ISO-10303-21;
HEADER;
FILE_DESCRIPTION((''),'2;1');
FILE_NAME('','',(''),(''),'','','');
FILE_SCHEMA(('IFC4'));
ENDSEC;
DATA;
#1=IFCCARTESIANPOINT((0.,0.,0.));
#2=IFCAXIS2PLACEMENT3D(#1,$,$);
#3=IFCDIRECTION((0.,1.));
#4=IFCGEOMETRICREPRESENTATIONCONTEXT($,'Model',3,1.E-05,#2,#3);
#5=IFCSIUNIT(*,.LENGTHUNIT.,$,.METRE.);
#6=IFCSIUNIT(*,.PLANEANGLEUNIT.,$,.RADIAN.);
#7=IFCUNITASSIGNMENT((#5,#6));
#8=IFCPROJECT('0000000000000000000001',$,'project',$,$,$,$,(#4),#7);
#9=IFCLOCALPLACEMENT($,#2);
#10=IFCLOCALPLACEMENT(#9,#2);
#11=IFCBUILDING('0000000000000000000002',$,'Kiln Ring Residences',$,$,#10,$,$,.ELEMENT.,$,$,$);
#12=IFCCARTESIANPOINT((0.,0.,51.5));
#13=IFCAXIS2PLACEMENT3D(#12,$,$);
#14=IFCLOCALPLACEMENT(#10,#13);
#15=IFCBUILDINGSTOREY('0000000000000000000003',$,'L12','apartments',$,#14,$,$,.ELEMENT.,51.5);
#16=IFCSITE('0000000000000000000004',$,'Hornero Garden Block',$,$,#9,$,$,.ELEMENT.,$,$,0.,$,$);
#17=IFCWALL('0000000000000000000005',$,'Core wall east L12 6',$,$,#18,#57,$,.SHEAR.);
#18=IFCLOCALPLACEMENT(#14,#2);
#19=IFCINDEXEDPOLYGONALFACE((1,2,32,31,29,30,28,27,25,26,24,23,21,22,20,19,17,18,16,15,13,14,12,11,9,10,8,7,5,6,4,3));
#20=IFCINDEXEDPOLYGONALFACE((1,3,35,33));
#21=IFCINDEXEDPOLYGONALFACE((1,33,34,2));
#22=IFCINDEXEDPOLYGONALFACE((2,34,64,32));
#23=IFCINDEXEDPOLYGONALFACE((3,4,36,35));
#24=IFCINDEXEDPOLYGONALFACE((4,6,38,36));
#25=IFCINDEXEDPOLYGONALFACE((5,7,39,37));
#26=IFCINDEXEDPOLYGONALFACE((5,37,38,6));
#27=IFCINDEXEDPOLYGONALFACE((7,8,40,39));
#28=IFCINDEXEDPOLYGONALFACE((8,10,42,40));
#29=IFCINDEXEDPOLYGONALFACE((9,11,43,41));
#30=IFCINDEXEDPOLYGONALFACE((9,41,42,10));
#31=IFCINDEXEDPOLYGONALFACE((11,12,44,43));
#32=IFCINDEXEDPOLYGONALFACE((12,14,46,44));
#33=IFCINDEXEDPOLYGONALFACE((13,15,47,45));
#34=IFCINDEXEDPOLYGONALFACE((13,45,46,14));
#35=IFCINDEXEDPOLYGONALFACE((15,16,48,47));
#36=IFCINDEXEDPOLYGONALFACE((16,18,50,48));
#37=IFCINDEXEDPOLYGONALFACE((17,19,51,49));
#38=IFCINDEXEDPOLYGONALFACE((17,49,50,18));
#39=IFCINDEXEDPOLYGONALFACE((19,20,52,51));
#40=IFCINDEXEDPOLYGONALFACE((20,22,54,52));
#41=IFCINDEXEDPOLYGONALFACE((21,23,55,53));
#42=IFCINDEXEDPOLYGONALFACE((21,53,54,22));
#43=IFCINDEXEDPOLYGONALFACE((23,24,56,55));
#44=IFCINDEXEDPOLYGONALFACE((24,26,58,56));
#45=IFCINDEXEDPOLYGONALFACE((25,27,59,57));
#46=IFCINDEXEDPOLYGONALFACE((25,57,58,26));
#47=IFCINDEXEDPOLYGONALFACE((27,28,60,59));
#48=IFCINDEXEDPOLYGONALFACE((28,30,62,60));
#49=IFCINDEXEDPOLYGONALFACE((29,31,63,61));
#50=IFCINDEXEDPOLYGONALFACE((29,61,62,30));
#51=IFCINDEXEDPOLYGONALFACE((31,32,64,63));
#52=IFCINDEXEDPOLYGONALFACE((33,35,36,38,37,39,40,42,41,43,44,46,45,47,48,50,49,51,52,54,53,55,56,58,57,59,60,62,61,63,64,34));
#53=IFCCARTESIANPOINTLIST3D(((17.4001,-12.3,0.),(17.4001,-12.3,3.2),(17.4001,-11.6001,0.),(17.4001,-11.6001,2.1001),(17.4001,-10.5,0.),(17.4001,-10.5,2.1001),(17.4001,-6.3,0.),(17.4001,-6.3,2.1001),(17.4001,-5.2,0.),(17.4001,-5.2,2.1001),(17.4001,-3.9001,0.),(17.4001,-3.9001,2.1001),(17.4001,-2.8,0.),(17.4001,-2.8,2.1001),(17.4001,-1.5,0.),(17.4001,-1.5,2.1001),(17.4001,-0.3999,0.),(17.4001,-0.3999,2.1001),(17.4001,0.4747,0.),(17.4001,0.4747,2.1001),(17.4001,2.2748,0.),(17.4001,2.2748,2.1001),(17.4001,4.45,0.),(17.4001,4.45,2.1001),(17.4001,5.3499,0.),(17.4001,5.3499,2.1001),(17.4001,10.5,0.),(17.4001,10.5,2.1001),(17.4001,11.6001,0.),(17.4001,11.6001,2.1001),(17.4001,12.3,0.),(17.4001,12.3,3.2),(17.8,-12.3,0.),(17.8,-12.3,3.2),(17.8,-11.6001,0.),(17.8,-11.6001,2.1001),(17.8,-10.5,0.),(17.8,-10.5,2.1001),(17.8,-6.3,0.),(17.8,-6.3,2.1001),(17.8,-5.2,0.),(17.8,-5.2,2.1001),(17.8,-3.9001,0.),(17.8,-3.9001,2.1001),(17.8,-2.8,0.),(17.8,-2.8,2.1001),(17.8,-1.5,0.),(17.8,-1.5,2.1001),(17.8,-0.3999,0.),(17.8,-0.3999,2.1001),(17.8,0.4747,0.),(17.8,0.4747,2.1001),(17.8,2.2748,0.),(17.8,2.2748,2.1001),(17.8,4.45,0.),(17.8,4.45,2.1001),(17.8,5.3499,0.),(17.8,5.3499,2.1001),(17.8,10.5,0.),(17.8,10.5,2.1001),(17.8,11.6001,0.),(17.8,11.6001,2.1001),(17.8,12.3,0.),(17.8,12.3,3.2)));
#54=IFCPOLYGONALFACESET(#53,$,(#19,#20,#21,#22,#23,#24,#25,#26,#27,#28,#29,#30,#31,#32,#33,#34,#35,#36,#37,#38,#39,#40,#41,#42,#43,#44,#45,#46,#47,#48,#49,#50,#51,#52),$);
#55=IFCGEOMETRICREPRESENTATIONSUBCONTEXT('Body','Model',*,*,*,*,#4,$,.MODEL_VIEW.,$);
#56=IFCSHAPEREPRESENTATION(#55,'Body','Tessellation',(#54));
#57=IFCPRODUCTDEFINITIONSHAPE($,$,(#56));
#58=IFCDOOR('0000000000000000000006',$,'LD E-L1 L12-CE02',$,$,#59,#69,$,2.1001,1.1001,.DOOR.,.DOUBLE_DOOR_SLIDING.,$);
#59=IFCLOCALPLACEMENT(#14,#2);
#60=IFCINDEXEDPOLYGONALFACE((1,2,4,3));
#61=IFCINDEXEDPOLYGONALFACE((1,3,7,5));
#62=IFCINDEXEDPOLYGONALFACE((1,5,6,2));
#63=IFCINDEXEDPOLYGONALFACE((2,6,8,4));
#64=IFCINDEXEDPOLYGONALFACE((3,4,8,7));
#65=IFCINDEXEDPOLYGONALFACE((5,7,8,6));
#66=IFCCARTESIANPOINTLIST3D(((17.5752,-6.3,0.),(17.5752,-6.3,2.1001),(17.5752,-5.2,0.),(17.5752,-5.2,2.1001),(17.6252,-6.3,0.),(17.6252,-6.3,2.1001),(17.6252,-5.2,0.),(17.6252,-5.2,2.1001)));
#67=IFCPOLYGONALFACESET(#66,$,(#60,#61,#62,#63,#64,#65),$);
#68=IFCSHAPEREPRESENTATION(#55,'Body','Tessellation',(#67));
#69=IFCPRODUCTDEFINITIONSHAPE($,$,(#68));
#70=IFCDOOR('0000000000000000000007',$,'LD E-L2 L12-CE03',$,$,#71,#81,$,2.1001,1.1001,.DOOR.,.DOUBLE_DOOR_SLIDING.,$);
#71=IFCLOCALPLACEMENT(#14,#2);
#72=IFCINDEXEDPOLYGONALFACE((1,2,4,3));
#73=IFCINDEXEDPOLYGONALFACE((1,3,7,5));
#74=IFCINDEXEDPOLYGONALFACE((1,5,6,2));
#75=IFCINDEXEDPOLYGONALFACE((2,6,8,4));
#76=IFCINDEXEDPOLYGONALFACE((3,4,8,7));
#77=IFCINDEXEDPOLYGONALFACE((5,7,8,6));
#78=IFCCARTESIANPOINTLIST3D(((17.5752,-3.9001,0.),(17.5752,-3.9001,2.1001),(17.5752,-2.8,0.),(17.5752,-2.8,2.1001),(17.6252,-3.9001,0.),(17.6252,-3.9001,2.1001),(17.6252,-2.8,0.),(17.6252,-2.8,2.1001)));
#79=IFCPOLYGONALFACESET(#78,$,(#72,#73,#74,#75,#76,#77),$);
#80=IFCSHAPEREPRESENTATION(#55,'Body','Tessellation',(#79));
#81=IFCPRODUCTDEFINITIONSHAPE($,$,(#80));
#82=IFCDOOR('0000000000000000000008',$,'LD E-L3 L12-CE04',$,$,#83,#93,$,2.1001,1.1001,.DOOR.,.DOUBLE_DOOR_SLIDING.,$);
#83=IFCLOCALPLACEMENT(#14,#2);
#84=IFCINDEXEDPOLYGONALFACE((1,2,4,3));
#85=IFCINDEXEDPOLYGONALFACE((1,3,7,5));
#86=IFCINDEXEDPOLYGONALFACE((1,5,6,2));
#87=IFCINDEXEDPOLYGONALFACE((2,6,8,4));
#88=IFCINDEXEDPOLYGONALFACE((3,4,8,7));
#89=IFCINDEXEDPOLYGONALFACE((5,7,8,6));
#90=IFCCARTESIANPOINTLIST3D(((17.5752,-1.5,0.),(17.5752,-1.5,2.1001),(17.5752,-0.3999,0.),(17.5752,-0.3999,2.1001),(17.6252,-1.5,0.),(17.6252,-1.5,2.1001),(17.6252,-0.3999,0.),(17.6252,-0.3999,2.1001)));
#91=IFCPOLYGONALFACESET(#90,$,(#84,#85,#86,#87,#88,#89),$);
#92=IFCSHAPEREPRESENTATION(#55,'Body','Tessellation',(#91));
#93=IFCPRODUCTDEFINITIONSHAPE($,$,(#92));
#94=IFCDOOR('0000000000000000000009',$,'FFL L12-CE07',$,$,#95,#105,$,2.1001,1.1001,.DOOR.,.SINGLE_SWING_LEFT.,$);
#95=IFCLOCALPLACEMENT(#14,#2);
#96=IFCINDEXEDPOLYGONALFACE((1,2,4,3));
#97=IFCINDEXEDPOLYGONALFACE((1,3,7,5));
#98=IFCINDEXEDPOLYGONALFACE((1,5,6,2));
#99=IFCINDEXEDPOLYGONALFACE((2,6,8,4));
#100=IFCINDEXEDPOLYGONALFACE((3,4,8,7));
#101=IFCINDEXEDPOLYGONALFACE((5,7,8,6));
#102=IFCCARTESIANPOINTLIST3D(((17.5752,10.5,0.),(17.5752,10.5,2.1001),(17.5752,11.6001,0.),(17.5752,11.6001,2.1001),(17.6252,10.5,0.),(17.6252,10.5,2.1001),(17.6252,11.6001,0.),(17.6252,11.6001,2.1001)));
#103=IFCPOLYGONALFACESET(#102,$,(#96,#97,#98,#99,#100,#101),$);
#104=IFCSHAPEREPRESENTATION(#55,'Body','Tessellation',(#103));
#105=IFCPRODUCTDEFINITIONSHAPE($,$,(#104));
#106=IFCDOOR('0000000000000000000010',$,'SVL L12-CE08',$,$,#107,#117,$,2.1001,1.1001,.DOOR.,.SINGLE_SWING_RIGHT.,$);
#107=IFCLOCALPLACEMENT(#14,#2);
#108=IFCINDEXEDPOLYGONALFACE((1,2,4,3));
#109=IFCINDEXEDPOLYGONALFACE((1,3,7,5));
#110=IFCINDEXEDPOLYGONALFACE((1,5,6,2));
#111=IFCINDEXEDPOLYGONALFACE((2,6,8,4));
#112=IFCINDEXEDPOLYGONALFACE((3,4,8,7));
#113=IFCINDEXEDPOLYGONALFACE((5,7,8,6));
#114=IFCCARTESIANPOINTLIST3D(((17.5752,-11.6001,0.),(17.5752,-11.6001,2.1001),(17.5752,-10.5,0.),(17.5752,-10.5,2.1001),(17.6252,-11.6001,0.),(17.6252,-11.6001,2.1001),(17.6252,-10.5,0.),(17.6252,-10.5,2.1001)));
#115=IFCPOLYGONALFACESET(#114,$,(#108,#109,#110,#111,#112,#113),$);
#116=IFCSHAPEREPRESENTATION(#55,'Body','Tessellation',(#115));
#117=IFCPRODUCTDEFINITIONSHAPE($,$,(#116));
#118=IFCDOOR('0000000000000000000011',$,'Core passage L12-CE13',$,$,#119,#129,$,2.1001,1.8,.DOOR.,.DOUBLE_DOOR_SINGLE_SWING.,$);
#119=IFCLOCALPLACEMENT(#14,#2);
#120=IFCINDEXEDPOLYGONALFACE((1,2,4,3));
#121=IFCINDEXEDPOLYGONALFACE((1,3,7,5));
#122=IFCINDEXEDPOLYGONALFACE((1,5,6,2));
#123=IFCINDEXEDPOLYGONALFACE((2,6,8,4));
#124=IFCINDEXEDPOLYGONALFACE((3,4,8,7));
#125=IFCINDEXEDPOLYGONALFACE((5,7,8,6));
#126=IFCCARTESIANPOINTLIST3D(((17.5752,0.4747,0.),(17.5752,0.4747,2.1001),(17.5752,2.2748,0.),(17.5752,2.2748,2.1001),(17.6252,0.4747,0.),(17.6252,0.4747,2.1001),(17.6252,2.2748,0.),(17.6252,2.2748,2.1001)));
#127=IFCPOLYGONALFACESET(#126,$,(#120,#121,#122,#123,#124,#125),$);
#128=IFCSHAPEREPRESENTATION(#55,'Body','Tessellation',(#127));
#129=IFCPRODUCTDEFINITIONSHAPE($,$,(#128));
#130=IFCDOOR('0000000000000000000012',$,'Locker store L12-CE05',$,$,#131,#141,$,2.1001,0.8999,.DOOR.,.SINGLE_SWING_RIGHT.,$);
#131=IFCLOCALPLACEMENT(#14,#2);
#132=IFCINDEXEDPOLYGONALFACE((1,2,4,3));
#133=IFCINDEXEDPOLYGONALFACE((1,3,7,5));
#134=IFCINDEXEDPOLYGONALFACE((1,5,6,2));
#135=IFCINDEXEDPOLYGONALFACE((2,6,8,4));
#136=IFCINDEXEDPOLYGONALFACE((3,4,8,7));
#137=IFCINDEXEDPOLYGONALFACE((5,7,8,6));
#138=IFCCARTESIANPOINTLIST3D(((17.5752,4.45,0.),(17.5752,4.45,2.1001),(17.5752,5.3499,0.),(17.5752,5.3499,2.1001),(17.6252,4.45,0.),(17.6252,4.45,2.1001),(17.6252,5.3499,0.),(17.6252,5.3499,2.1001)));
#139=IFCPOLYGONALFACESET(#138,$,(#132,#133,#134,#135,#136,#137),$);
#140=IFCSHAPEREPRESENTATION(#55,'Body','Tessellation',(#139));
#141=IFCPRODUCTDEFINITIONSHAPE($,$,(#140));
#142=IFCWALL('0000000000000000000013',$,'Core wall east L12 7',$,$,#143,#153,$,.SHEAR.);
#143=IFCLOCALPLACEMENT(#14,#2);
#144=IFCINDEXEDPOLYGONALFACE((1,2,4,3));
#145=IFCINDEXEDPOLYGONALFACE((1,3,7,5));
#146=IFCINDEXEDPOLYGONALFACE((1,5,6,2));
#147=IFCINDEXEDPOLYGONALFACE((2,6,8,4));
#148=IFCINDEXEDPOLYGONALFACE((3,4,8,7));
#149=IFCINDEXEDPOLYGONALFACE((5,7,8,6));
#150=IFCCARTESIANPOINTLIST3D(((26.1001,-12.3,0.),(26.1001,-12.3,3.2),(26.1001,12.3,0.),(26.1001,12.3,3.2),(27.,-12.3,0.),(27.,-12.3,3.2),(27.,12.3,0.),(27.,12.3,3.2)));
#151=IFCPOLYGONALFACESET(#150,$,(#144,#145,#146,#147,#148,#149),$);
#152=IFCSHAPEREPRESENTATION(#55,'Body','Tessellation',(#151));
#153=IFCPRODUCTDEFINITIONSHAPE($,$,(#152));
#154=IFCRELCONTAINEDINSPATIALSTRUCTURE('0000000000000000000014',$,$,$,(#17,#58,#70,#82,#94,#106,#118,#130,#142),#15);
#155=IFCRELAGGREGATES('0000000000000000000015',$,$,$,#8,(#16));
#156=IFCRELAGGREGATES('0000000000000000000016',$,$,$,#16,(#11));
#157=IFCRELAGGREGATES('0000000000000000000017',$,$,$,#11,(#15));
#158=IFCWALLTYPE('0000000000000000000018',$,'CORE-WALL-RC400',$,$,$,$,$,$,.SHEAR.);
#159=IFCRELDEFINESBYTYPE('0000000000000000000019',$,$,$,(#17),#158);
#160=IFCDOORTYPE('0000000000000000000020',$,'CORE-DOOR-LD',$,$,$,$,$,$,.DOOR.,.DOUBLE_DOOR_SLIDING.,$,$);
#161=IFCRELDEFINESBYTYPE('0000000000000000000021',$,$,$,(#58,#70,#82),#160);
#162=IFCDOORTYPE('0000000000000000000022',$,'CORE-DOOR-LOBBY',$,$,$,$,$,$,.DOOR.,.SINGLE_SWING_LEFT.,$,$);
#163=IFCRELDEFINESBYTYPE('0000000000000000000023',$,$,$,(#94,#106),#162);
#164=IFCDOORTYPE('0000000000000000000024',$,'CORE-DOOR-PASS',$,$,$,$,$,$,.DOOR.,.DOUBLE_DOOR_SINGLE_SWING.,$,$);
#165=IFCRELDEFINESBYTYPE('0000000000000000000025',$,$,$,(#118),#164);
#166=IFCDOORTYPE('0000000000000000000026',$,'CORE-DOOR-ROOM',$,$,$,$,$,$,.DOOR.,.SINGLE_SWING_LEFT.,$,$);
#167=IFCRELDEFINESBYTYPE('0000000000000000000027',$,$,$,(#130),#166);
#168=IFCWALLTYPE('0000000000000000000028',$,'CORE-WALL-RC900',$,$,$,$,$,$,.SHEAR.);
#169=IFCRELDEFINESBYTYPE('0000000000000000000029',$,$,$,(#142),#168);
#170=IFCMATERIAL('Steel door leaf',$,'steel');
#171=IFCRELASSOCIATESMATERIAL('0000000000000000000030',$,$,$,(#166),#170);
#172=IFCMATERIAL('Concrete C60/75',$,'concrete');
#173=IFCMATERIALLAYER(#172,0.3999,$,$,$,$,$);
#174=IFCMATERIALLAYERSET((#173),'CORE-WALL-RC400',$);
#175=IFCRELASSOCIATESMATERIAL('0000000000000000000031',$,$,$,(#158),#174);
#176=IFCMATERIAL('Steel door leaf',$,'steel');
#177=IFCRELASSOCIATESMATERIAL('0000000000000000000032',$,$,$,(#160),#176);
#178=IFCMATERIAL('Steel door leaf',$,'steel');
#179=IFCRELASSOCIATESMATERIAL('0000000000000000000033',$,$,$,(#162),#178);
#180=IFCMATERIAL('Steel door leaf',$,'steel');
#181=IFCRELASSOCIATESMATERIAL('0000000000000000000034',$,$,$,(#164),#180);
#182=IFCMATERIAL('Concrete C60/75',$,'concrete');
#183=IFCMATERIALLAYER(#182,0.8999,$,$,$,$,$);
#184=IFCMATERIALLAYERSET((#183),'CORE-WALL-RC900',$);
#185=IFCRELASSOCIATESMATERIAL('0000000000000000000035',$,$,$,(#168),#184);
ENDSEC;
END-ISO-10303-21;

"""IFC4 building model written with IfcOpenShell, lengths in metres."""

from ifc_helpers import new_model, si_unit, direction, frame, frame_2d, origin, place, context, subcontext, project, spatial, rectangle, extrude, material, layer, layer_set, type_object, element, fill, save


model = new_model("IFC4")

# Units and contexts
model_context = context("Model", 3, precision=1e-05, world=origin(), true_north=direction((0.0, 1.0)))
body_context = subcontext(model_context, "Body", "Model", "MODEL_VIEW")
ifc_project = project(units=[si_unit("LENGTHUNIT", "METRE"), si_unit("PLANEANGLEUNIT", "RADIAN")], contexts=[model_context])

# Site, building, storey
site_placement = place(None, origin())
site = spatial("IfcSite", under=ifc_project, at=site_placement, Name="Hornero Garden Block", CompositionType="ELEMENT", RefElevation=0.0)
building_placement = place(site_placement, origin())
building = spatial("IfcBuilding", under=site, at=building_placement, Name="Kiln Ring Residences", CompositionType="ELEMENT")
storey_placement = place(building_placement, frame((0.0, 0.0, 51.5)))
storey = spatial("IfcBuildingStorey", under=building, at=storey_placement, Name="L12", Description="apartments", CompositionType="ELEMENT", Elevation=51.5)

# Shared definitions
ifc_material_1 = material(Name="Steel door leaf", Category="steel")
door_type_1 = type_object("IfcDoorType", Name="CORE-DOOR-ROOM", OperationType="SINGLE_SWING_LEFT", PredefinedType="DOOR", material=ifc_material_1)

# Wall, openings, doors
ifc_material_2 = material(Name="Concrete C60/75", Category="concrete")
ifc_layer_1 = layer(ifc_material_2, 0.3999)
ifc_layer_set_1 = layer_set([ifc_layer_1], Name="CORE-WALL-RC400")
wall_type_1 = type_object("IfcWallType", Name="CORE-WALL-RC400", PredefinedType="SHEAR", material=ifc_layer_set_1)
wall_1_placement = place(storey_placement, frame((17.6001, -12.3, 0.0), z_axis=(0.0, 0.0, 1.0), x_axis=(0.0, 1.0, 0.0)))
wall_1 = element("IfcWall", 1, at=wall_1_placement, inside=storey, type_object=wall_type_1, Name="Core wall east L12 6", PredefinedType="SHEAR", context=body_context, shape_type="SweptSolid", body=[
    extrude(rectangle(XDim=24.6001, YDim=0.3999, at=frame_2d((12.3, 0.0))), origin(), (0.0, 0.0, 1.0), 3.2),
])
opening_1_placement = place(wall_1_placement, frame((6.0, 0.0, 0.0)))
opening_1 = element("IfcOpeningElement", 2, at=opening_1_placement, cuts=wall_1, PredefinedType="OPENING", context=body_context, shape_type="SweptSolid", body=[
    extrude(rectangle(XDim=1.1001, YDim=2.1001, at=frame_2d((0.55, 1.05))), frame((0.0, 0.21, 0.0), z_axis=(0.0, -1.0, 0.0), x_axis=(1.0, 0.0, 0.0)), (0.0, 0.0, 1.0), 0.4199),
])
opening_2_placement = place(wall_1_placement, frame((8.3999, 0.0, 0.0)))
opening_2 = element("IfcOpeningElement", 3, at=opening_2_placement, cuts=wall_1, PredefinedType="OPENING", context=body_context, shape_type="SweptSolid", body=[
    extrude(rectangle(XDim=1.1001, YDim=2.1001, at=frame_2d((0.55, 1.05))), frame((0.0, 0.21, 0.0), z_axis=(0.0, -1.0, 0.0), x_axis=(1.0, 0.0, 0.0)), (0.0, 0.0, 1.0), 0.4199),
])
opening_3_placement = place(wall_1_placement, frame((10.8, 0.0, 0.0)))
opening_3 = element("IfcOpeningElement", 4, at=opening_3_placement, cuts=wall_1, PredefinedType="OPENING", context=body_context, shape_type="SweptSolid", body=[
    extrude(rectangle(XDim=1.1001, YDim=2.1001, at=frame_2d((0.55, 1.05))), frame((0.0, 0.21, 0.0), z_axis=(0.0, -1.0, 0.0), x_axis=(1.0, 0.0, 0.0)), (0.0, 0.0, 1.0), 0.4199),
])
opening_4_placement = place(wall_1_placement, frame((16.75, 0.0, 0.0)))
opening_4 = element("IfcOpeningElement", 5, at=opening_4_placement, cuts=wall_1, PredefinedType="OPENING", context=body_context, shape_type="SweptSolid", body=[
    extrude(rectangle(XDim=0.8999, YDim=2.1001, at=frame_2d((0.45, 1.05))), frame((0.0, 0.21, 0.0), z_axis=(0.0, -1.0, 0.0), x_axis=(1.0, 0.0, 0.0)), (0.0, 0.0, 1.0), 0.4199),
])
opening_5_placement = place(wall_1_placement, frame((22.8, 0.0, 0.0)))
opening_5 = element("IfcOpeningElement", 6, at=opening_5_placement, cuts=wall_1, PredefinedType="OPENING", context=body_context, shape_type="SweptSolid", body=[
    extrude(rectangle(XDim=1.1001, YDim=2.1001, at=frame_2d((0.55, 1.05))), frame((0.0, 0.21, 0.0), z_axis=(0.0, -1.0, 0.0), x_axis=(1.0, 0.0, 0.0)), (0.0, 0.0, 1.0), 0.4199),
])
opening_6_placement = place(wall_1_placement, frame((0.7, 0.0, 0.0)))
opening_6 = element("IfcOpeningElement", 7, at=opening_6_placement, cuts=wall_1, PredefinedType="OPENING", context=body_context, shape_type="SweptSolid", body=[
    extrude(rectangle(XDim=1.1001, YDim=2.1001, at=frame_2d((0.55, 1.05))), frame((0.0, 0.21, 0.0), z_axis=(0.0, -1.0, 0.0), x_axis=(1.0, 0.0, 0.0)), (0.0, 0.0, 1.0), 0.4199),
])
opening_7_placement = place(wall_1_placement, frame((12.7749, 0.0, 0.0)))
opening_7 = element("IfcOpeningElement", 8, at=opening_7_placement, cuts=wall_1, PredefinedType="OPENING", context=body_context, shape_type="SweptSolid", body=[
    extrude(rectangle(XDim=1.8, YDim=2.1001, at=frame_2d((0.8999, 1.05))), frame((0.0, 0.21, 0.0), z_axis=(0.0, -1.0, 0.0), x_axis=(1.0, 0.0, 0.0)), (0.0, 0.0, 1.0), 0.4199),
])
ifc_material_3 = material(Name="Steel door leaf", Category="steel")
door_type_2 = type_object("IfcDoorType", Name="CORE-DOOR-LD", OperationType="DOUBLE_DOOR_SLIDING", PredefinedType="DOOR", material=ifc_material_3)
door_1_placement = place(opening_1_placement, origin())
door_1 = element("IfcDoor", 9, at=door_1_placement, inside=storey, type_object=door_type_2, Name="LD E-L1 L12-CE02", OperationType="DOUBLE_DOOR_SLIDING", OverallHeight=2.1001, OverallWidth=1.1001, PredefinedType="DOOR", context=body_context, shape_type="SweptSolid", body=[
    extrude(rectangle(XDim=1.1001, YDim=2.1001, at=frame_2d((0.55, 1.05))), frame((0.0, 0.0249, 0.0), z_axis=(0.0, -1.0, 0.0), x_axis=(1.0, 0.0, 0.0)), (0.0, 0.0, 1.0), 0.05),
])
fill(opening_1, door_1)
door_2_placement = place(opening_2_placement, origin())
door_2 = element("IfcDoor", 10, at=door_2_placement, inside=storey, type_object=door_type_2, Name="LD E-L2 L12-CE03", OperationType="DOUBLE_DOOR_SLIDING", OverallHeight=2.1001, OverallWidth=1.1001, PredefinedType="DOOR", context=body_context, shape_type="SweptSolid", body=[
    extrude(rectangle(XDim=1.1001, YDim=2.1001, at=frame_2d((0.55, 1.05))), frame((0.0, 0.0249, 0.0), z_axis=(0.0, -1.0, 0.0), x_axis=(1.0, 0.0, 0.0)), (0.0, 0.0, 1.0), 0.05),
])
fill(opening_2, door_2)
door_3_placement = place(opening_3_placement, origin())
door_3 = element("IfcDoor", 11, at=door_3_placement, inside=storey, type_object=door_type_2, Name="LD E-L3 L12-CE04", OperationType="DOUBLE_DOOR_SLIDING", OverallHeight=2.1001, OverallWidth=1.1001, PredefinedType="DOOR", context=body_context, shape_type="SweptSolid", body=[
    extrude(rectangle(XDim=1.1001, YDim=2.1001, at=frame_2d((0.55, 1.05))), frame((0.0, 0.0249, 0.0), z_axis=(0.0, -1.0, 0.0), x_axis=(1.0, 0.0, 0.0)), (0.0, 0.0, 1.0), 0.05),
])
fill(opening_3, door_3)
ifc_material_4 = material(Name="Steel door leaf", Category="steel")
door_type_3 = type_object("IfcDoorType", Name="CORE-DOOR-LOBBY", OperationType="SINGLE_SWING_LEFT", PredefinedType="DOOR", material=ifc_material_4)
door_4_placement = place(opening_5_placement, origin())
door_4 = element("IfcDoor", 12, at=door_4_placement, inside=storey, type_object=door_type_3, Name="FFL L12-CE07", OperationType="SINGLE_SWING_LEFT", OverallHeight=2.1001, OverallWidth=1.1001, PredefinedType="DOOR", context=body_context, shape_type="SweptSolid", body=[
    extrude(rectangle(XDim=1.1001, YDim=2.1001, at=frame_2d((0.55, 1.05))), frame((0.0, 0.0249, 0.0), z_axis=(0.0, -1.0, 0.0), x_axis=(1.0, 0.0, 0.0)), (0.0, 0.0, 1.0), 0.05),
])
fill(opening_5, door_4)
door_5_placement = place(opening_6_placement, origin())
door_5 = element("IfcDoor", 13, at=door_5_placement, inside=storey, type_object=door_type_3, Name="SVL L12-CE08", OperationType="SINGLE_SWING_RIGHT", OverallHeight=2.1001, OverallWidth=1.1001, PredefinedType="DOOR", context=body_context, shape_type="SweptSolid", body=[
    extrude(rectangle(XDim=1.1001, YDim=2.1001, at=frame_2d((0.55, 1.05))), frame((0.0, 0.0249, 0.0), z_axis=(0.0, -1.0, 0.0), x_axis=(1.0, 0.0, 0.0)), (0.0, 0.0, 1.0), 0.05),
])
fill(opening_6, door_5)
ifc_material_5 = material(Name="Steel door leaf", Category="steel")
door_type_4 = type_object("IfcDoorType", Name="CORE-DOOR-PASS", OperationType="DOUBLE_DOOR_SINGLE_SWING", PredefinedType="DOOR", material=ifc_material_5)
door_6_placement = place(opening_7_placement, origin())
door_6 = element("IfcDoor", 14, at=door_6_placement, inside=storey, type_object=door_type_4, Name="Core passage L12-CE13", OperationType="DOUBLE_DOOR_SINGLE_SWING", OverallHeight=2.1001, OverallWidth=1.8, PredefinedType="DOOR", context=body_context, shape_type="SweptSolid", body=[
    extrude(rectangle(XDim=1.8, YDim=2.1001, at=frame_2d((0.8999, 1.05))), frame((0.0, 0.0249, 0.0), z_axis=(0.0, -1.0, 0.0), x_axis=(1.0, 0.0, 0.0)), (0.0, 0.0, 1.0), 0.05),
])
fill(opening_7, door_6)
door_7_placement = place(opening_4_placement, origin())
door_7 = element("IfcDoor", 15, at=door_7_placement, inside=storey, type_object=door_type_1, Name="Locker store L12-CE05", OperationType="SINGLE_SWING_RIGHT", OverallHeight=2.1001, OverallWidth=0.8999, PredefinedType="DOOR", context=body_context, shape_type="SweptSolid", body=[
    extrude(rectangle(XDim=0.8999, YDim=2.1001, at=frame_2d((0.45, 1.05))), frame((0.0, 0.0249, 0.0), z_axis=(0.0, -1.0, 0.0), x_axis=(1.0, 0.0, 0.0)), (0.0, 0.0, 1.0), 0.05),
])
fill(opening_4, door_7)

# Wall
ifc_material_6 = material(Name="Concrete C60/75", Category="concrete")
ifc_layer_2 = layer(ifc_material_6, 0.8999)
ifc_layer_set_2 = layer_set([ifc_layer_2], Name="CORE-WALL-RC900")
wall_type_2 = type_object("IfcWallType", Name="CORE-WALL-RC900", PredefinedType="SHEAR", material=ifc_layer_set_2)
wall_2_placement = place(storey_placement, frame((26.55, -12.3, 0.0), z_axis=(0.0, 0.0, 1.0), x_axis=(0.0, 1.0, 0.0)))
element("IfcWall", 16, at=wall_2_placement, inside=storey, type_object=wall_type_2, Name="Core wall east L12 7", PredefinedType="SHEAR", context=body_context, shape_type="SweptSolid", body=[
    extrude(rectangle(XDim=24.6001, YDim=0.8999, at=frame_2d((12.3, 0.0))), origin(), (0.0, 0.0, 1.0), 3.2),
])

save(model, "model.ifc")
